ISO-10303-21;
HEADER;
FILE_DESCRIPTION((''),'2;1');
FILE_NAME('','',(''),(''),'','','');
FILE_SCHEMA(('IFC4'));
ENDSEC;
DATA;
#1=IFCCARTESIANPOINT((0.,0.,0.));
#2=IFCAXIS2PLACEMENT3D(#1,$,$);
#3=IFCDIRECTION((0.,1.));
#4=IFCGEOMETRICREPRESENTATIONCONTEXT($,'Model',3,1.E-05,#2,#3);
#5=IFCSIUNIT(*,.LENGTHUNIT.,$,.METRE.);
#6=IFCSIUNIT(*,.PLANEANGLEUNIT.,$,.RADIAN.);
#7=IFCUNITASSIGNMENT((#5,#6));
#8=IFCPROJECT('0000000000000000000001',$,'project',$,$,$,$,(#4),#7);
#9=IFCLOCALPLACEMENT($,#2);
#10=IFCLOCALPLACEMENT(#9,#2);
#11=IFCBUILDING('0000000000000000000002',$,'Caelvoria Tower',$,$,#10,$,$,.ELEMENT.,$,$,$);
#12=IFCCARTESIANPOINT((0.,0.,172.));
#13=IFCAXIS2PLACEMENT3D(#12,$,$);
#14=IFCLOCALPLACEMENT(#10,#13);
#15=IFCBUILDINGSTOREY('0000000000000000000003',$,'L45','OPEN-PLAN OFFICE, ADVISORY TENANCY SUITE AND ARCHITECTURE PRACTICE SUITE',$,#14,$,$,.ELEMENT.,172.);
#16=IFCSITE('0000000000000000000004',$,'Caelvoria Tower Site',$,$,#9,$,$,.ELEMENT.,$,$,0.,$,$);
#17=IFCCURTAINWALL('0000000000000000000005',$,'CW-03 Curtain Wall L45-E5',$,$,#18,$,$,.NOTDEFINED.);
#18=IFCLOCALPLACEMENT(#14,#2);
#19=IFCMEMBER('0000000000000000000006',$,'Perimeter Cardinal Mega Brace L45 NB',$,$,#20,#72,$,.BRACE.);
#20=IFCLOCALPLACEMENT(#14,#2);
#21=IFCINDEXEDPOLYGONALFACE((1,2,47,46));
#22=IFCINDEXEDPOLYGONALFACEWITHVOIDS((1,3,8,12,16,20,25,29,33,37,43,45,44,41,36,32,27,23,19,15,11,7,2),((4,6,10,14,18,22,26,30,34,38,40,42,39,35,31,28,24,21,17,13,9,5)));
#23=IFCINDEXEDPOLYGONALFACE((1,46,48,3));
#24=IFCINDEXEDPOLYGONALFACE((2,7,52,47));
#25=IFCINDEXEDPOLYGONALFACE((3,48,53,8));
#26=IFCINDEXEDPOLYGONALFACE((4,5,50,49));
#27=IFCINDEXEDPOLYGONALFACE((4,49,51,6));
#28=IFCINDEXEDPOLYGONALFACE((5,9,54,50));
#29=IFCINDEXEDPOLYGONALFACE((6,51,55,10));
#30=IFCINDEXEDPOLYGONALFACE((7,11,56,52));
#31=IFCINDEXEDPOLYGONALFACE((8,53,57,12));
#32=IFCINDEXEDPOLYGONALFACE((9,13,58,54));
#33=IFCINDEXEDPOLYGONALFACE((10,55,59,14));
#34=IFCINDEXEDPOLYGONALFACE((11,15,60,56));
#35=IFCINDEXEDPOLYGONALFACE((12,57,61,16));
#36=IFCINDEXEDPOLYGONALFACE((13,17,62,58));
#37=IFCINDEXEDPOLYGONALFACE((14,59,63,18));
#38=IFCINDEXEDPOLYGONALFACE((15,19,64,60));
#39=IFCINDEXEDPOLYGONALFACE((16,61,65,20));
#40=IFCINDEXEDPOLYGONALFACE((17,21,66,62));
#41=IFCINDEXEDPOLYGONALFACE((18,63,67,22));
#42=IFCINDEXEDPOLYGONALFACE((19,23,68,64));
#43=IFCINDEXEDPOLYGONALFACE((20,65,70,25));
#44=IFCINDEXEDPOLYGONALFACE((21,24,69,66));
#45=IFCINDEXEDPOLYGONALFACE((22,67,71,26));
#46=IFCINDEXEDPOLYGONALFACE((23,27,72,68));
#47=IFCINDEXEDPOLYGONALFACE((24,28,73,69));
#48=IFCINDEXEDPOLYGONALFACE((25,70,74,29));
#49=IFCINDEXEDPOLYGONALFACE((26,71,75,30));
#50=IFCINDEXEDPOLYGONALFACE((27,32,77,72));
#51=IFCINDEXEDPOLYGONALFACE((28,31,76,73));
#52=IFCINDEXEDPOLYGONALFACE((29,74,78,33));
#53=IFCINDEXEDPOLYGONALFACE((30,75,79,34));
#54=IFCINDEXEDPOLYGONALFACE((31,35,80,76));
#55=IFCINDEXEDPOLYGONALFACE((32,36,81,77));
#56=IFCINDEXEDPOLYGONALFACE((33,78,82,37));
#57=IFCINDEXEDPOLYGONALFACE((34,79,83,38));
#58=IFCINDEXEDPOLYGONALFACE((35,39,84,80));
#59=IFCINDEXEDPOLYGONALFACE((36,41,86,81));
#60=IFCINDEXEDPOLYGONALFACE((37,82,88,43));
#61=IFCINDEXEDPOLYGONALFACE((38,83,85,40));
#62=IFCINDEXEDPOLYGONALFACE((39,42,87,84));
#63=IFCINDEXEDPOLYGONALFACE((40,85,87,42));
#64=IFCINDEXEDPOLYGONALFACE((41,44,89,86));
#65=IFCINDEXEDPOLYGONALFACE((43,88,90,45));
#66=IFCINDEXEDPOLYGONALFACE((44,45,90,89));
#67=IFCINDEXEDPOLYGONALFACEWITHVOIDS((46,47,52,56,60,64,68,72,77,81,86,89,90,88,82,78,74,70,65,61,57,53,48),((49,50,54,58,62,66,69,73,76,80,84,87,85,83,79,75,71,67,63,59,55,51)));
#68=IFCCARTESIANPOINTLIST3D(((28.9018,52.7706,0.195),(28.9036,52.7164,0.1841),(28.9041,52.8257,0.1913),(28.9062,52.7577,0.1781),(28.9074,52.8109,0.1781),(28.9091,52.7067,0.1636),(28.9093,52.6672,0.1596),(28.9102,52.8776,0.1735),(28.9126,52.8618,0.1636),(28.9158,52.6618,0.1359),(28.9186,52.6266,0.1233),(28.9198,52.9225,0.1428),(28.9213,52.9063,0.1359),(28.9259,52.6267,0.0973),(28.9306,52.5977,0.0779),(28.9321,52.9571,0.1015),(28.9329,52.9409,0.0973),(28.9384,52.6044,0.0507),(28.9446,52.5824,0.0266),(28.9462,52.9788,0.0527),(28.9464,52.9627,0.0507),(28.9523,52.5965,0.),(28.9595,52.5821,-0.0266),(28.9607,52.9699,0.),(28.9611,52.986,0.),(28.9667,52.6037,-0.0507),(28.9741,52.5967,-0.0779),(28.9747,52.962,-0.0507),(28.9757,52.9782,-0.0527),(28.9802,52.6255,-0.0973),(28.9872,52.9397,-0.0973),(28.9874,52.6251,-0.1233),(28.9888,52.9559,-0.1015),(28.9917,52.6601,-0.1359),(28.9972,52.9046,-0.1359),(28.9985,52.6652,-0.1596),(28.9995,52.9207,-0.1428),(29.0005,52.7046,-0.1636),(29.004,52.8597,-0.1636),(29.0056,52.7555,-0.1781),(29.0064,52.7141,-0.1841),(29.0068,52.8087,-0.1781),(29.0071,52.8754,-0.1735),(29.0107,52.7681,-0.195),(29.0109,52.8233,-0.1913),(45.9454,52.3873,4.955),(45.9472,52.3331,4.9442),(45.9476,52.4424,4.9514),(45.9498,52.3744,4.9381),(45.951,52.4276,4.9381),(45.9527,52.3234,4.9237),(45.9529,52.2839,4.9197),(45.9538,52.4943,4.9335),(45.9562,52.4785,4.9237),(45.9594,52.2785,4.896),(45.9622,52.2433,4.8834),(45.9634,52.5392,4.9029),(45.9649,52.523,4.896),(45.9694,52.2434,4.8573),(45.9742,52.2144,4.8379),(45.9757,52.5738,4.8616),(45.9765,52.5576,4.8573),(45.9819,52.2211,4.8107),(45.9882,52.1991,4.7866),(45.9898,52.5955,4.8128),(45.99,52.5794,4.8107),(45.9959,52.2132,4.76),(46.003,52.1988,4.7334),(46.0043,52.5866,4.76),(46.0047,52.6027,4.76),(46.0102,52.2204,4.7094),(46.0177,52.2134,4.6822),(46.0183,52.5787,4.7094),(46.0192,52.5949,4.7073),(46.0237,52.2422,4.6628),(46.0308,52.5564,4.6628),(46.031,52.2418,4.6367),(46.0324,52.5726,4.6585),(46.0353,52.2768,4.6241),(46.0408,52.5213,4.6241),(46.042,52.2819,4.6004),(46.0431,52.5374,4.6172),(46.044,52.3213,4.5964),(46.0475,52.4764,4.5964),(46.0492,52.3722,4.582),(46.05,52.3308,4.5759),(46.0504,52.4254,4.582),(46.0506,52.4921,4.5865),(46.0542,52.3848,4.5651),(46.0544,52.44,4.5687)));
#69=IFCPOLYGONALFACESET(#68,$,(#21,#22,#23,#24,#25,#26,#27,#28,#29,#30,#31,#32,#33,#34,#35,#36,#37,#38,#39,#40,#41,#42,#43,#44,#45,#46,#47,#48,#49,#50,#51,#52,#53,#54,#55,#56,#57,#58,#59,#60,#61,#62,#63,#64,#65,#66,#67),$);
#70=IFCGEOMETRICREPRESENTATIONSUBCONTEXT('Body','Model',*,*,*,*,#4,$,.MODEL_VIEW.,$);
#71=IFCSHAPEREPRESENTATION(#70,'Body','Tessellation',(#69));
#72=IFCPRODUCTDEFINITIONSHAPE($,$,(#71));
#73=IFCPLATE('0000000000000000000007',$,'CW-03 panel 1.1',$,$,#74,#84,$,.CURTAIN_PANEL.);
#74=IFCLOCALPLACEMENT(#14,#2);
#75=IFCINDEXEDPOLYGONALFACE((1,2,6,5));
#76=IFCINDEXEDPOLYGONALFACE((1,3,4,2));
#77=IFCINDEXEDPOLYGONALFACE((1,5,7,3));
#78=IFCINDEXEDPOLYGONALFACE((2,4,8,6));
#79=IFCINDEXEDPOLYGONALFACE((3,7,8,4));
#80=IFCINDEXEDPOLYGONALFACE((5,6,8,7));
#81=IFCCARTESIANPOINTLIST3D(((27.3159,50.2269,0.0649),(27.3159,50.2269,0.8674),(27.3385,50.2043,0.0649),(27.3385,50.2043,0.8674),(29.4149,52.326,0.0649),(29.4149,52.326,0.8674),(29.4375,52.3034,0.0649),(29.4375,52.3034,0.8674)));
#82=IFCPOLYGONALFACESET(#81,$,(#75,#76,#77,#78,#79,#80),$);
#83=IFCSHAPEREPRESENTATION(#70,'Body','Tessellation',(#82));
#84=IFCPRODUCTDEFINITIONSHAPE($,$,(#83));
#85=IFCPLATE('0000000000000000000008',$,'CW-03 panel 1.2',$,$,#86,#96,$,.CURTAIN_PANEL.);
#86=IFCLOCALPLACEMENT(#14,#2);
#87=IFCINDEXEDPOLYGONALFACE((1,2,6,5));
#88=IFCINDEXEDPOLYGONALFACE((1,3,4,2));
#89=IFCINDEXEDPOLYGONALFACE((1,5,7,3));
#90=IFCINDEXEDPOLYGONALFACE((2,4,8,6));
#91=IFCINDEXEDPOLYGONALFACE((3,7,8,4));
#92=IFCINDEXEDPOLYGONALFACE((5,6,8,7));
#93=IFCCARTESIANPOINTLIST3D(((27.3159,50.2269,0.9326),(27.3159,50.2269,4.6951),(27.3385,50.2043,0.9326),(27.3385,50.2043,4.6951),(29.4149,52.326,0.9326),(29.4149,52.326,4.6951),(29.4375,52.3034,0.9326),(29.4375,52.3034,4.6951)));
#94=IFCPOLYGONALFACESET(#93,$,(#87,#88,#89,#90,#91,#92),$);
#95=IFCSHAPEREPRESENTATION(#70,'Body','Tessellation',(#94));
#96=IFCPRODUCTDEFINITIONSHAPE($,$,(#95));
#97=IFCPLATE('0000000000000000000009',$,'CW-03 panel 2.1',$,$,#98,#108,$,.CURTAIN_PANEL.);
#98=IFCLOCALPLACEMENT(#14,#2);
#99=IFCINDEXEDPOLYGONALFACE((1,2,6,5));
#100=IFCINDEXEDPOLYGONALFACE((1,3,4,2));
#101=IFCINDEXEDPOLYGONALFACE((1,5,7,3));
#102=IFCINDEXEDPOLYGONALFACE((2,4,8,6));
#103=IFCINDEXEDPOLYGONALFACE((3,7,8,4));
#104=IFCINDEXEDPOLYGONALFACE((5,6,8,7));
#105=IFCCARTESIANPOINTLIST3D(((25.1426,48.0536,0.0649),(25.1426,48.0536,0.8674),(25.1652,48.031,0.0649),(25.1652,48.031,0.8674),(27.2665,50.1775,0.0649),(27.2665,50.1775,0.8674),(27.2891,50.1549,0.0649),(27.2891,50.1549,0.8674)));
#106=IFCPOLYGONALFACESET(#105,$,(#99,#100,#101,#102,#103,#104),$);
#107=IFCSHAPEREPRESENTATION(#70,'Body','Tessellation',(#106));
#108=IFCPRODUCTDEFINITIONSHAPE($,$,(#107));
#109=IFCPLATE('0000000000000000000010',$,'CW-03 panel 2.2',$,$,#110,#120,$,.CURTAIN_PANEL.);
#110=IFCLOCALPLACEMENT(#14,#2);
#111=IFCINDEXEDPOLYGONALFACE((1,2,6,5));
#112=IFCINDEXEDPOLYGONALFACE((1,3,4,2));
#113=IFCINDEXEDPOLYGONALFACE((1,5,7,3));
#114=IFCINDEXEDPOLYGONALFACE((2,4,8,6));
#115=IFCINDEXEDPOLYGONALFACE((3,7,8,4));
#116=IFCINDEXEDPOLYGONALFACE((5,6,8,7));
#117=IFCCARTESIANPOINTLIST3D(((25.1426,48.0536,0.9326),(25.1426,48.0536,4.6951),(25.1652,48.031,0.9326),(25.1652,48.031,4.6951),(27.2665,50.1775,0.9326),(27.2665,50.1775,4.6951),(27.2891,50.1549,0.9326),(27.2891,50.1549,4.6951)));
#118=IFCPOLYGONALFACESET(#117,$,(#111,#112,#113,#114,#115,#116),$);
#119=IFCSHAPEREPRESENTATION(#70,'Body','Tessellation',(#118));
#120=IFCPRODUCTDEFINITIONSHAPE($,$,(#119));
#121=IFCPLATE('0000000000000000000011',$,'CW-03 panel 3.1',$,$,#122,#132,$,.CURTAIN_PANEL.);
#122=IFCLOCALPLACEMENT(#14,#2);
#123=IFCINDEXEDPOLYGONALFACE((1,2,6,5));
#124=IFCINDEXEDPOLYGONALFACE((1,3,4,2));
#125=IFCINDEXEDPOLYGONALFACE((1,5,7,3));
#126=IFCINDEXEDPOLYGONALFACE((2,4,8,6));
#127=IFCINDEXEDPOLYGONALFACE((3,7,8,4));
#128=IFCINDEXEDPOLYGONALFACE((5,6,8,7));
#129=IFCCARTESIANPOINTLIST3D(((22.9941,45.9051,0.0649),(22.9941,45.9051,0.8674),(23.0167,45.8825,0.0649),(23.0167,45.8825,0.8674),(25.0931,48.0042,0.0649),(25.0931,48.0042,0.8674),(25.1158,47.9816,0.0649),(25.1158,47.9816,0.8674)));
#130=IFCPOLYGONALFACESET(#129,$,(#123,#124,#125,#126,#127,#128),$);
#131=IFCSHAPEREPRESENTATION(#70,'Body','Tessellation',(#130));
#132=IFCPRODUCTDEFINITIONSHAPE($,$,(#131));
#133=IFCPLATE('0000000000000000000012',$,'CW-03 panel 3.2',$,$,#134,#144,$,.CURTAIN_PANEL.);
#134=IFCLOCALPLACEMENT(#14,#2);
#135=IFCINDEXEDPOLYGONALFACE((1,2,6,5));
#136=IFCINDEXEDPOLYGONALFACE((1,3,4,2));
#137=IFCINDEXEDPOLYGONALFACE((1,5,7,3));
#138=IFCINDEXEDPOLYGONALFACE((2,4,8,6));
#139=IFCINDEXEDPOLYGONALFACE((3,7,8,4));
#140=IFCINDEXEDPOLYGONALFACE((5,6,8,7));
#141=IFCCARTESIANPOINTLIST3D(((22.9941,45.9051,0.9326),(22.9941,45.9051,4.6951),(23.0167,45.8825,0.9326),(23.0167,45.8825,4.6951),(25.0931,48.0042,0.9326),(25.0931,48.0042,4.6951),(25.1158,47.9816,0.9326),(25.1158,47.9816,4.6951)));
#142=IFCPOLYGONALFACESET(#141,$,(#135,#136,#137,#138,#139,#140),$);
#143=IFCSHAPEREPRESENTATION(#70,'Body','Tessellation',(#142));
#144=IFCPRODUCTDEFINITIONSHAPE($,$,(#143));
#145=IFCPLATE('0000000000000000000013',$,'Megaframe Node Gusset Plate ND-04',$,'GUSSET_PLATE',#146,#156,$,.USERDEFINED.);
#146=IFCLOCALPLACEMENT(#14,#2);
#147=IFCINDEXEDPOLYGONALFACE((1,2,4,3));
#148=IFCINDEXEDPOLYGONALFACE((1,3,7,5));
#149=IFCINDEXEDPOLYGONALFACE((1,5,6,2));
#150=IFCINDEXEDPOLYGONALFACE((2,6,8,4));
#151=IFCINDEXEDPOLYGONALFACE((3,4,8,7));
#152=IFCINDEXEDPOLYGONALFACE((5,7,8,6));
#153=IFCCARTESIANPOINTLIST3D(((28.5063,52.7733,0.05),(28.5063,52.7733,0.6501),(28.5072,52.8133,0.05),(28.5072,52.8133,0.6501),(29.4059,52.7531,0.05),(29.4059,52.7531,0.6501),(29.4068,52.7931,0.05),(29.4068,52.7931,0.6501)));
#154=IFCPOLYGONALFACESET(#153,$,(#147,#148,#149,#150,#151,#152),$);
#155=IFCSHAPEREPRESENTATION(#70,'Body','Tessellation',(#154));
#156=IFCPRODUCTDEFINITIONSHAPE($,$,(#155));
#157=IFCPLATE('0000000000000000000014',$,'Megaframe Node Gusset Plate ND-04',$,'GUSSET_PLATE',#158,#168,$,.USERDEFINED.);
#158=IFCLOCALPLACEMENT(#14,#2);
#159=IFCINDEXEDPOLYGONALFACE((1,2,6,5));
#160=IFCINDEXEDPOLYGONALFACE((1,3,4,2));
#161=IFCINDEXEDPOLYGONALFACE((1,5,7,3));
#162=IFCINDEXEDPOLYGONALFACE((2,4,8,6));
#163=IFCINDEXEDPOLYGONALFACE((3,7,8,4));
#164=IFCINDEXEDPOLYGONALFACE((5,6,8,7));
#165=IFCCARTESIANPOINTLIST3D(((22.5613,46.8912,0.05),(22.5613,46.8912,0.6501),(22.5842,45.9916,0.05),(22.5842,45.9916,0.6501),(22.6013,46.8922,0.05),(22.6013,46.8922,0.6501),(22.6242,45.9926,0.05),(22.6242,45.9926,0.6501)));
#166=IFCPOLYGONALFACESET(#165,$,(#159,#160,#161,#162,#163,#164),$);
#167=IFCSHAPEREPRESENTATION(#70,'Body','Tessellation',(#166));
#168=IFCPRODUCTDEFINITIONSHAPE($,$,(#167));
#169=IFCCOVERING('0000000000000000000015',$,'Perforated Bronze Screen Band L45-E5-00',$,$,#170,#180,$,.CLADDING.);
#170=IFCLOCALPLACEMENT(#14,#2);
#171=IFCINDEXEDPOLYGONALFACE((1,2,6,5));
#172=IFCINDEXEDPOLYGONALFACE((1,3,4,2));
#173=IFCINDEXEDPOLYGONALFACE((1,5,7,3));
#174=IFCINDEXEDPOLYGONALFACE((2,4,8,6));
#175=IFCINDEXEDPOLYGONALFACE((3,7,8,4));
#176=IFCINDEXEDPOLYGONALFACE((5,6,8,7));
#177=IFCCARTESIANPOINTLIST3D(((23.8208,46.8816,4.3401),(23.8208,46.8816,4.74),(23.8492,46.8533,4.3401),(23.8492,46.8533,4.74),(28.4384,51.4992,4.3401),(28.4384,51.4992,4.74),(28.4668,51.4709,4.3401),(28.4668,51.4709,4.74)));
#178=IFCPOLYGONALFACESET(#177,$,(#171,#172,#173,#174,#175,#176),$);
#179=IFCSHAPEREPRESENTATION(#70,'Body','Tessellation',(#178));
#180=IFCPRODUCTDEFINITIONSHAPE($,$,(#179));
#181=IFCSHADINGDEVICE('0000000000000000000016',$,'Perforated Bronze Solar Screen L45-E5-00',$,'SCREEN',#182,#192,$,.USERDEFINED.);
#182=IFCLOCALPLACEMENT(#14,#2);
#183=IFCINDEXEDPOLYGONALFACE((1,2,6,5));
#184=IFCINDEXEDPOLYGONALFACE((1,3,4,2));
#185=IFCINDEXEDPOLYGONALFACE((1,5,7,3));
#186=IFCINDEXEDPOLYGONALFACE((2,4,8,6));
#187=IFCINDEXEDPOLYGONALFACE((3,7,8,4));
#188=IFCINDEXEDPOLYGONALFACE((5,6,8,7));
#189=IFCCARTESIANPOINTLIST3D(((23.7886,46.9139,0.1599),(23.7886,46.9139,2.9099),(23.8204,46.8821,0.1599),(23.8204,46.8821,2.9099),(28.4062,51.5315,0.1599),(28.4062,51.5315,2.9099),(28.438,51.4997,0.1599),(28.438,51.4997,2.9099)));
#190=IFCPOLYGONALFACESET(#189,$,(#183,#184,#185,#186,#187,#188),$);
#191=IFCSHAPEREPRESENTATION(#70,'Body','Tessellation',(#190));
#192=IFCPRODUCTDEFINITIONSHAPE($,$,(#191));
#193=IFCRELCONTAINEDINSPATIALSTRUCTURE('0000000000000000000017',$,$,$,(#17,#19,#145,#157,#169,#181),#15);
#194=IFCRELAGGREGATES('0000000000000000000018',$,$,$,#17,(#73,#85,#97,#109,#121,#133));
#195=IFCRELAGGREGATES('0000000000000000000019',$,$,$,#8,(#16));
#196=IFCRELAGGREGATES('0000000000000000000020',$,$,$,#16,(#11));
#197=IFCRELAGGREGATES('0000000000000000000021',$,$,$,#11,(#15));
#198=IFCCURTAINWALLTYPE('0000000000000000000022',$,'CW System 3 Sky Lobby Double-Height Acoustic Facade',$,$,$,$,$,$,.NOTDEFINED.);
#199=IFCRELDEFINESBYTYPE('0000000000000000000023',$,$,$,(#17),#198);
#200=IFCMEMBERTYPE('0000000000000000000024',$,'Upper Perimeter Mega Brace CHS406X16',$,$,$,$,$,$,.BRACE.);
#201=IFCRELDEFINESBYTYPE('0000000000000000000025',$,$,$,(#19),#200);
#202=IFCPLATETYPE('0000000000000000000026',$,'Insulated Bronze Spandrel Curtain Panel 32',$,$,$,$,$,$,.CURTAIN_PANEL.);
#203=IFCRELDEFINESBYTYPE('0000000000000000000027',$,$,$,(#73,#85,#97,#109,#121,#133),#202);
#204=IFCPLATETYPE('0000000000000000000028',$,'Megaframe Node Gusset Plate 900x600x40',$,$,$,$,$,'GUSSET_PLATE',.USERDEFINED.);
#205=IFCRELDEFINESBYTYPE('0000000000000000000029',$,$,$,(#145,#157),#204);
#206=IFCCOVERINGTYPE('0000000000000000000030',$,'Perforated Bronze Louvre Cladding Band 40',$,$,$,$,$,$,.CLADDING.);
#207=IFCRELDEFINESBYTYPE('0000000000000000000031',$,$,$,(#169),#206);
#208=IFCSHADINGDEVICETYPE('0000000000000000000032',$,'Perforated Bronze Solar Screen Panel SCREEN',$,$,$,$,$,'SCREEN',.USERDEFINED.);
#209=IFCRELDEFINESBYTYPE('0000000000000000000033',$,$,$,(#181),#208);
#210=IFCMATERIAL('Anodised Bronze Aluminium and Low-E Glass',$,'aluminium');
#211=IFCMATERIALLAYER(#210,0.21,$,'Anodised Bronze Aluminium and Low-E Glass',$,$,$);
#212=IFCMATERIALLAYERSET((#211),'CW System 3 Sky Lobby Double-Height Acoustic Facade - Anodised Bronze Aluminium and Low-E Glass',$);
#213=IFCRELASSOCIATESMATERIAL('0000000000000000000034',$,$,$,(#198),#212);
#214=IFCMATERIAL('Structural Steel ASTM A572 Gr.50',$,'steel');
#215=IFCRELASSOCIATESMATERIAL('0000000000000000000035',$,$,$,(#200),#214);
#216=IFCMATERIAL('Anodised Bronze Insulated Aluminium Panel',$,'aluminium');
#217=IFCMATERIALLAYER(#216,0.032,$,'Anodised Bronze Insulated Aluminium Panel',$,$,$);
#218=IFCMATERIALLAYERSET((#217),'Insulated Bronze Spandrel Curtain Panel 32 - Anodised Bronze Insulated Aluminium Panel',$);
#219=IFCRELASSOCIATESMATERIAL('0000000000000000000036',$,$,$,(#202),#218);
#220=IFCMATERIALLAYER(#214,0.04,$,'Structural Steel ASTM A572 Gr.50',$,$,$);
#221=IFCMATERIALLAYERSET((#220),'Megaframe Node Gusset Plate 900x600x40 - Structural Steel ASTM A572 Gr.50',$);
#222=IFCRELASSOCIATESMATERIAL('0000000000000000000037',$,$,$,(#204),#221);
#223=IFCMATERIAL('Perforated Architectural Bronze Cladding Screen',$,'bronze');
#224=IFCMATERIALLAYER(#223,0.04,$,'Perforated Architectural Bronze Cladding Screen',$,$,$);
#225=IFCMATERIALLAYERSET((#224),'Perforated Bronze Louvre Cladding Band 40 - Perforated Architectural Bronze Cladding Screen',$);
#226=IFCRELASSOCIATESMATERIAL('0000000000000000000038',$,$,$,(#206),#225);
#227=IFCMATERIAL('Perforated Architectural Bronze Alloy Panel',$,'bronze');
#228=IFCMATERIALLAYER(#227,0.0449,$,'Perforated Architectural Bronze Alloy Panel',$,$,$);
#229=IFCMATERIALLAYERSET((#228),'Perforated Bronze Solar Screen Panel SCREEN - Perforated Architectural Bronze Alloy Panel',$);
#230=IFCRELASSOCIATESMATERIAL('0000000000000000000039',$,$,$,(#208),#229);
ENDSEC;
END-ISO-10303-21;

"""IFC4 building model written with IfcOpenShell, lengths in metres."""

from ifc_helpers import new_model, si_unit, direction, frame, origin, origin_2d, place, context, subcontext, project, spatial, rectangle, hollow_circle, extrude, material, layer, layer_set, material_profile, profile_set, type_object, element, aggregate, save


model = new_model("IFC4")

# Units and contexts
model_context = context("Model", 3, precision=1e-05, world=origin(), true_north=direction((0.0, 1.0)))
body_context = subcontext(model_context, "Body", "Model", "MODEL_VIEW")
ifc_project = project(units=[si_unit("LENGTHUNIT", "METRE"), si_unit("PLANEANGLEUNIT", "RADIAN")], contexts=[model_context])

# Site, building, storey
site_placement = place(None, origin())
site = spatial("IfcSite", under=ifc_project, at=site_placement, Name="Caelvoria Tower Site", CompositionType="ELEMENT", RefElevation=0.0)
building_placement = place(site_placement, origin())
building = spatial("IfcBuilding", under=site, at=building_placement, Name="Caelvoria Tower", CompositionType="ELEMENT")
storey_placement = place(building_placement, frame((0.0, 0.0, 172.0)))
storey = spatial("IfcBuildingStorey", under=building, at=storey_placement, Name="L45", Description="OPEN-PLAN OFFICE, ADVISORY TENANCY SUITE AND ARCHITECTURE PRACTICE SUITE", CompositionType="ELEMENT", Elevation=172.0)

# Shared definitions
ifc_material_1 = material(Name="Structural Steel ASTM A572 Gr.50", Category="steel")

# Shared definitions
ifc_material_2 = material(Name="Anodised Bronze Aluminium and Low-E Glass", Category="aluminium")
ifc_layer_1 = layer(ifc_material_2, 0.21, Name="Anodised Bronze Aluminium and Low-E Glass")
ifc_layer_set_1 = layer_set([ifc_layer_1], Name="CW System 3 Sky Lobby Double-Height Acoustic Facade - Anodised Bronze Aluminium and Low-E Glass")
curtain_wall_type = type_object("IfcCurtainWallType", Name="CW System 3 Sky Lobby Double-Height Acoustic Facade", PredefinedType="NOTDEFINED", material=ifc_layer_set_1)

# Curtain wall
curtain_wall_1_placement = place(storey_placement, origin())
curtain_wall_1 = element("IfcCurtainWall", 1, at=curtain_wall_1_placement, inside=storey, type_object=curtain_wall_type, Name="CW-03 Curtain Wall L45-E5", PredefinedType="NOTDEFINED")

# Member
ifc_material_profile_1 = material_profile(ifc_material_1, hollow_circle(Radius=0.2029, WallThickness=0.0161, at=origin_2d()), Name="Structural Steel ASTM A572 Gr.50")
ifc_profile_set_1 = profile_set([ifc_material_profile_1], Name="CHS406X16 - Structural Steel ASTM A572 Gr.50")
member_type_1 = type_object("IfcMemberType", Name="Upper Perimeter Mega Brace CHS406X16", PredefinedType="BRACE", material=ifc_profile_set_1)
member_1_placement = place(storey_placement, frame((28.9565, 52.7832, 0.0), z_axis=(0.962916, -0.021656, 0.26893), x_axis=(0.022484, 0.999747, 0.0)))
element("IfcMember", 2, at=member_1_placement, inside=storey, type_object=member_type_1, Name="Perimeter Cardinal Mega Brace L45 NB", PredefinedType="BRACE", context=body_context, shape_type="SweptSolid", body=[
    extrude(hollow_circle(Radius=0.2029, WallThickness=0.0161, at=origin_2d()), origin(), (0.0, 0.0, 1.0), 17.7),
])

# Plates
ifc_material_3 = material(Name="Anodised Bronze Insulated Aluminium Panel", Category="aluminium")
ifc_layer_2 = layer(ifc_material_3, 0.032, Name="Anodised Bronze Insulated Aluminium Panel")
ifc_layer_set_2 = layer_set([ifc_layer_2], Name="Insulated Bronze Spandrel Curtain Panel 32 - Anodised Bronze Insulated Aluminium Panel")
plate_type_1 = type_object("IfcPlateType", Name="Insulated Bronze Spandrel Curtain Panel 32", PredefinedType="CURTAIN_PANEL", material=ifc_layer_set_2)
plate_1_placement = place(storey_placement, frame((28.3767, 51.2651, 0.0649), z_axis=(0.0, 0.0, 1.0), x_axis=(-0.707107, -0.707107, 0.0)))
plate_1 = element("IfcPlate", 3, at=plate_1_placement, type_object=plate_type_1, Name="CW-03 panel 1.1", PredefinedType="CURTAIN_PANEL", context=body_context, shape_type="SweptSolid", body=[
    extrude(rectangle(XDim=2.9685, YDim=0.032, at=origin_2d()), origin(), (0.0, 0.0, 1.0), 0.8025),
])
plate_2_placement = place(storey_placement, frame((28.3767, 51.2651, 0.9326), z_axis=(0.0, 0.0, 1.0), x_axis=(-0.707107, -0.707107, 0.0)))
plate_2 = element("IfcPlate", 4, at=plate_2_placement, type_object=plate_type_1, Name="CW-03 panel 1.2", PredefinedType="CURTAIN_PANEL", context=body_context, shape_type="SweptSolid", body=[
    extrude(rectangle(XDim=2.9685, YDim=0.032, at=origin_2d()), origin(), (0.0, 0.0, 1.0), 3.7625),
])
plate_3_placement = place(storey_placement, frame((26.2158, 49.1042, 0.0649), z_axis=(0.0, 0.0, 1.0), x_axis=(-0.707107, -0.707107, 0.0)))
plate_3 = element("IfcPlate", 5, at=plate_3_placement, type_object=plate_type_1, Name="CW-03 panel 2.1", PredefinedType="CURTAIN_PANEL", context=body_context, shape_type="SweptSolid", body=[
    extrude(rectangle(XDim=3.0037, YDim=0.032, at=origin_2d()), origin(), (0.0, 0.0, 1.0), 0.8025),
])
plate_4_placement = place(storey_placement, frame((26.2158, 49.1042, 0.9326), z_axis=(0.0, 0.0, 1.0), x_axis=(-0.707107, -0.707107, 0.0)))
plate_4 = element("IfcPlate", 6, at=plate_4_placement, type_object=plate_type_1, Name="CW-03 panel 2.2", PredefinedType="CURTAIN_PANEL", context=body_context, shape_type="SweptSolid", body=[
    extrude(rectangle(XDim=3.0037, YDim=0.032, at=origin_2d()), origin(), (0.0, 0.0, 1.0), 3.7625),
])
plate_5_placement = place(storey_placement, frame((24.0549, 46.9434, 0.0649), z_axis=(0.0, 0.0, 1.0), x_axis=(-0.707107, -0.707107, 0.0)))
plate_5 = element("IfcPlate", 7, at=plate_5_placement, type_object=plate_type_1, Name="CW-03 panel 3.1", PredefinedType="CURTAIN_PANEL", context=body_context, shape_type="SweptSolid", body=[
    extrude(rectangle(XDim=2.9685, YDim=0.032, at=origin_2d()), origin(), (0.0, 0.0, 1.0), 0.8025),
])
plate_6_placement = place(storey_placement, frame((24.0549, 46.9434, 0.9326), z_axis=(0.0, 0.0, 1.0), x_axis=(-0.707107, -0.707107, 0.0)))
plate_6 = element("IfcPlate", 8, at=plate_6_placement, type_object=plate_type_1, Name="CW-03 panel 3.2", PredefinedType="CURTAIN_PANEL", context=body_context, shape_type="SweptSolid", body=[
    extrude(rectangle(XDim=2.9685, YDim=0.032, at=origin_2d()), origin(), (0.0, 0.0, 1.0), 3.7625),
])
aggregate(curtain_wall_1, [plate_1, plate_2, plate_3, plate_4, plate_5, plate_6])

# Plates
ifc_layer_3 = layer(ifc_material_1, 0.04, Name="Structural Steel ASTM A572 Gr.50")
ifc_layer_set_3 = layer_set([ifc_layer_3], Name="Megaframe Node Gusset Plate 900x600x40 - Structural Steel ASTM A572 Gr.50")
plate_type_2 = type_object("IfcPlateType", Name="Megaframe Node Gusset Plate 900x600x40", ElementType="GUSSET_PLATE", PredefinedType="USERDEFINED", material=ifc_layer_set_3)
for number, where, z_axis, x_axis, name in (
    (9, (28.9565, 52.7832, 0.05), (0.0, 0.0, 1.0), (0.999747, -0.022483, 0.0), "Megaframe Node Gusset Plate ND-04"),
    (10, (22.5928, 46.4419, 0.05), (0.0, 0.0, 1.0), (0.025418, -0.999677, 0.0), "Megaframe Node Gusset Plate ND-04"),
):
    element("IfcPlate", number, at=place(storey_placement, frame(where, z_axis=z_axis, x_axis=x_axis)), inside=storey, type_object=plate_type_2, Name=name, ObjectType="GUSSET_PLATE", PredefinedType="USERDEFINED", context=body_context, shape_type="SweptSolid", body=[
        extrude(rectangle(XDim=0.8999, YDim=0.04, at=origin_2d()), origin(), (0.0, 0.0, 1.0), 0.6001),
    ])

# Covering
ifc_material_4 = material(Name="Perforated Architectural Bronze Cladding Screen", Category="bronze")
ifc_layer_4 = layer(ifc_material_4, 0.04, Name="Perforated Architectural Bronze Cladding Screen")
ifc_layer_set_4 = layer_set([ifc_layer_4], Name="Perforated Bronze Louvre Cladding Band 40 - Perforated Architectural Bronze Cladding Screen")
covering_type = type_object("IfcCoveringType", Name="Perforated Bronze Louvre Cladding Band 40", PredefinedType="CLADDING", material=ifc_layer_set_4)
covering_placement = place(storey_placement, frame((26.1438, 49.1763, 4.3401), z_axis=(0.0, 0.0, 1.0), x_axis=(-0.707107, -0.707107, 0.0)))
element("IfcCovering", 11, at=covering_placement, inside=storey, type_object=covering_type, Name="Perforated Bronze Screen Band L45-E5-00", PredefinedType="CLADDING", context=body_context, shape_type="SweptSolid", body=[
    extrude(rectangle(XDim=6.5303, YDim=0.04, at=origin_2d()), origin(), (0.0, 0.0, 1.0), 0.3999),
])

# Shading device
ifc_material_5 = material(Name="Perforated Architectural Bronze Alloy Panel", Category="bronze")
ifc_layer_5 = layer(ifc_material_5, 0.0449, Name="Perforated Architectural Bronze Alloy Panel")
ifc_layer_set_5 = layer_set([ifc_layer_5], Name="Perforated Bronze Solar Screen Panel SCREEN - Perforated Architectural Bronze Alloy Panel")
shading_device_type = type_object("IfcShadingDeviceType", Name="Perforated Bronze Solar Screen Panel SCREEN", ElementType="SCREEN", PredefinedType="USERDEFINED", material=ifc_layer_set_5)
shading_device_placement = place(storey_placement, frame((26.1133, 49.2068, 0.1599), z_axis=(0.0, 0.0, 1.0), x_axis=(-0.707107, -0.707107, 0.0)))
element("IfcShadingDevice", 12, at=shading_device_placement, inside=storey, type_object=shading_device_type, Name="Perforated Bronze Solar Screen L45-E5-00", ObjectType="SCREEN", PredefinedType="USERDEFINED", context=body_context, shape_type="SweptSolid", body=[
    extrude(rectangle(XDim=6.5303, YDim=0.0449, at=origin_2d()), origin(), (0.0, 0.0, 1.0), 2.75),
])

save(model, "model.ifc")
